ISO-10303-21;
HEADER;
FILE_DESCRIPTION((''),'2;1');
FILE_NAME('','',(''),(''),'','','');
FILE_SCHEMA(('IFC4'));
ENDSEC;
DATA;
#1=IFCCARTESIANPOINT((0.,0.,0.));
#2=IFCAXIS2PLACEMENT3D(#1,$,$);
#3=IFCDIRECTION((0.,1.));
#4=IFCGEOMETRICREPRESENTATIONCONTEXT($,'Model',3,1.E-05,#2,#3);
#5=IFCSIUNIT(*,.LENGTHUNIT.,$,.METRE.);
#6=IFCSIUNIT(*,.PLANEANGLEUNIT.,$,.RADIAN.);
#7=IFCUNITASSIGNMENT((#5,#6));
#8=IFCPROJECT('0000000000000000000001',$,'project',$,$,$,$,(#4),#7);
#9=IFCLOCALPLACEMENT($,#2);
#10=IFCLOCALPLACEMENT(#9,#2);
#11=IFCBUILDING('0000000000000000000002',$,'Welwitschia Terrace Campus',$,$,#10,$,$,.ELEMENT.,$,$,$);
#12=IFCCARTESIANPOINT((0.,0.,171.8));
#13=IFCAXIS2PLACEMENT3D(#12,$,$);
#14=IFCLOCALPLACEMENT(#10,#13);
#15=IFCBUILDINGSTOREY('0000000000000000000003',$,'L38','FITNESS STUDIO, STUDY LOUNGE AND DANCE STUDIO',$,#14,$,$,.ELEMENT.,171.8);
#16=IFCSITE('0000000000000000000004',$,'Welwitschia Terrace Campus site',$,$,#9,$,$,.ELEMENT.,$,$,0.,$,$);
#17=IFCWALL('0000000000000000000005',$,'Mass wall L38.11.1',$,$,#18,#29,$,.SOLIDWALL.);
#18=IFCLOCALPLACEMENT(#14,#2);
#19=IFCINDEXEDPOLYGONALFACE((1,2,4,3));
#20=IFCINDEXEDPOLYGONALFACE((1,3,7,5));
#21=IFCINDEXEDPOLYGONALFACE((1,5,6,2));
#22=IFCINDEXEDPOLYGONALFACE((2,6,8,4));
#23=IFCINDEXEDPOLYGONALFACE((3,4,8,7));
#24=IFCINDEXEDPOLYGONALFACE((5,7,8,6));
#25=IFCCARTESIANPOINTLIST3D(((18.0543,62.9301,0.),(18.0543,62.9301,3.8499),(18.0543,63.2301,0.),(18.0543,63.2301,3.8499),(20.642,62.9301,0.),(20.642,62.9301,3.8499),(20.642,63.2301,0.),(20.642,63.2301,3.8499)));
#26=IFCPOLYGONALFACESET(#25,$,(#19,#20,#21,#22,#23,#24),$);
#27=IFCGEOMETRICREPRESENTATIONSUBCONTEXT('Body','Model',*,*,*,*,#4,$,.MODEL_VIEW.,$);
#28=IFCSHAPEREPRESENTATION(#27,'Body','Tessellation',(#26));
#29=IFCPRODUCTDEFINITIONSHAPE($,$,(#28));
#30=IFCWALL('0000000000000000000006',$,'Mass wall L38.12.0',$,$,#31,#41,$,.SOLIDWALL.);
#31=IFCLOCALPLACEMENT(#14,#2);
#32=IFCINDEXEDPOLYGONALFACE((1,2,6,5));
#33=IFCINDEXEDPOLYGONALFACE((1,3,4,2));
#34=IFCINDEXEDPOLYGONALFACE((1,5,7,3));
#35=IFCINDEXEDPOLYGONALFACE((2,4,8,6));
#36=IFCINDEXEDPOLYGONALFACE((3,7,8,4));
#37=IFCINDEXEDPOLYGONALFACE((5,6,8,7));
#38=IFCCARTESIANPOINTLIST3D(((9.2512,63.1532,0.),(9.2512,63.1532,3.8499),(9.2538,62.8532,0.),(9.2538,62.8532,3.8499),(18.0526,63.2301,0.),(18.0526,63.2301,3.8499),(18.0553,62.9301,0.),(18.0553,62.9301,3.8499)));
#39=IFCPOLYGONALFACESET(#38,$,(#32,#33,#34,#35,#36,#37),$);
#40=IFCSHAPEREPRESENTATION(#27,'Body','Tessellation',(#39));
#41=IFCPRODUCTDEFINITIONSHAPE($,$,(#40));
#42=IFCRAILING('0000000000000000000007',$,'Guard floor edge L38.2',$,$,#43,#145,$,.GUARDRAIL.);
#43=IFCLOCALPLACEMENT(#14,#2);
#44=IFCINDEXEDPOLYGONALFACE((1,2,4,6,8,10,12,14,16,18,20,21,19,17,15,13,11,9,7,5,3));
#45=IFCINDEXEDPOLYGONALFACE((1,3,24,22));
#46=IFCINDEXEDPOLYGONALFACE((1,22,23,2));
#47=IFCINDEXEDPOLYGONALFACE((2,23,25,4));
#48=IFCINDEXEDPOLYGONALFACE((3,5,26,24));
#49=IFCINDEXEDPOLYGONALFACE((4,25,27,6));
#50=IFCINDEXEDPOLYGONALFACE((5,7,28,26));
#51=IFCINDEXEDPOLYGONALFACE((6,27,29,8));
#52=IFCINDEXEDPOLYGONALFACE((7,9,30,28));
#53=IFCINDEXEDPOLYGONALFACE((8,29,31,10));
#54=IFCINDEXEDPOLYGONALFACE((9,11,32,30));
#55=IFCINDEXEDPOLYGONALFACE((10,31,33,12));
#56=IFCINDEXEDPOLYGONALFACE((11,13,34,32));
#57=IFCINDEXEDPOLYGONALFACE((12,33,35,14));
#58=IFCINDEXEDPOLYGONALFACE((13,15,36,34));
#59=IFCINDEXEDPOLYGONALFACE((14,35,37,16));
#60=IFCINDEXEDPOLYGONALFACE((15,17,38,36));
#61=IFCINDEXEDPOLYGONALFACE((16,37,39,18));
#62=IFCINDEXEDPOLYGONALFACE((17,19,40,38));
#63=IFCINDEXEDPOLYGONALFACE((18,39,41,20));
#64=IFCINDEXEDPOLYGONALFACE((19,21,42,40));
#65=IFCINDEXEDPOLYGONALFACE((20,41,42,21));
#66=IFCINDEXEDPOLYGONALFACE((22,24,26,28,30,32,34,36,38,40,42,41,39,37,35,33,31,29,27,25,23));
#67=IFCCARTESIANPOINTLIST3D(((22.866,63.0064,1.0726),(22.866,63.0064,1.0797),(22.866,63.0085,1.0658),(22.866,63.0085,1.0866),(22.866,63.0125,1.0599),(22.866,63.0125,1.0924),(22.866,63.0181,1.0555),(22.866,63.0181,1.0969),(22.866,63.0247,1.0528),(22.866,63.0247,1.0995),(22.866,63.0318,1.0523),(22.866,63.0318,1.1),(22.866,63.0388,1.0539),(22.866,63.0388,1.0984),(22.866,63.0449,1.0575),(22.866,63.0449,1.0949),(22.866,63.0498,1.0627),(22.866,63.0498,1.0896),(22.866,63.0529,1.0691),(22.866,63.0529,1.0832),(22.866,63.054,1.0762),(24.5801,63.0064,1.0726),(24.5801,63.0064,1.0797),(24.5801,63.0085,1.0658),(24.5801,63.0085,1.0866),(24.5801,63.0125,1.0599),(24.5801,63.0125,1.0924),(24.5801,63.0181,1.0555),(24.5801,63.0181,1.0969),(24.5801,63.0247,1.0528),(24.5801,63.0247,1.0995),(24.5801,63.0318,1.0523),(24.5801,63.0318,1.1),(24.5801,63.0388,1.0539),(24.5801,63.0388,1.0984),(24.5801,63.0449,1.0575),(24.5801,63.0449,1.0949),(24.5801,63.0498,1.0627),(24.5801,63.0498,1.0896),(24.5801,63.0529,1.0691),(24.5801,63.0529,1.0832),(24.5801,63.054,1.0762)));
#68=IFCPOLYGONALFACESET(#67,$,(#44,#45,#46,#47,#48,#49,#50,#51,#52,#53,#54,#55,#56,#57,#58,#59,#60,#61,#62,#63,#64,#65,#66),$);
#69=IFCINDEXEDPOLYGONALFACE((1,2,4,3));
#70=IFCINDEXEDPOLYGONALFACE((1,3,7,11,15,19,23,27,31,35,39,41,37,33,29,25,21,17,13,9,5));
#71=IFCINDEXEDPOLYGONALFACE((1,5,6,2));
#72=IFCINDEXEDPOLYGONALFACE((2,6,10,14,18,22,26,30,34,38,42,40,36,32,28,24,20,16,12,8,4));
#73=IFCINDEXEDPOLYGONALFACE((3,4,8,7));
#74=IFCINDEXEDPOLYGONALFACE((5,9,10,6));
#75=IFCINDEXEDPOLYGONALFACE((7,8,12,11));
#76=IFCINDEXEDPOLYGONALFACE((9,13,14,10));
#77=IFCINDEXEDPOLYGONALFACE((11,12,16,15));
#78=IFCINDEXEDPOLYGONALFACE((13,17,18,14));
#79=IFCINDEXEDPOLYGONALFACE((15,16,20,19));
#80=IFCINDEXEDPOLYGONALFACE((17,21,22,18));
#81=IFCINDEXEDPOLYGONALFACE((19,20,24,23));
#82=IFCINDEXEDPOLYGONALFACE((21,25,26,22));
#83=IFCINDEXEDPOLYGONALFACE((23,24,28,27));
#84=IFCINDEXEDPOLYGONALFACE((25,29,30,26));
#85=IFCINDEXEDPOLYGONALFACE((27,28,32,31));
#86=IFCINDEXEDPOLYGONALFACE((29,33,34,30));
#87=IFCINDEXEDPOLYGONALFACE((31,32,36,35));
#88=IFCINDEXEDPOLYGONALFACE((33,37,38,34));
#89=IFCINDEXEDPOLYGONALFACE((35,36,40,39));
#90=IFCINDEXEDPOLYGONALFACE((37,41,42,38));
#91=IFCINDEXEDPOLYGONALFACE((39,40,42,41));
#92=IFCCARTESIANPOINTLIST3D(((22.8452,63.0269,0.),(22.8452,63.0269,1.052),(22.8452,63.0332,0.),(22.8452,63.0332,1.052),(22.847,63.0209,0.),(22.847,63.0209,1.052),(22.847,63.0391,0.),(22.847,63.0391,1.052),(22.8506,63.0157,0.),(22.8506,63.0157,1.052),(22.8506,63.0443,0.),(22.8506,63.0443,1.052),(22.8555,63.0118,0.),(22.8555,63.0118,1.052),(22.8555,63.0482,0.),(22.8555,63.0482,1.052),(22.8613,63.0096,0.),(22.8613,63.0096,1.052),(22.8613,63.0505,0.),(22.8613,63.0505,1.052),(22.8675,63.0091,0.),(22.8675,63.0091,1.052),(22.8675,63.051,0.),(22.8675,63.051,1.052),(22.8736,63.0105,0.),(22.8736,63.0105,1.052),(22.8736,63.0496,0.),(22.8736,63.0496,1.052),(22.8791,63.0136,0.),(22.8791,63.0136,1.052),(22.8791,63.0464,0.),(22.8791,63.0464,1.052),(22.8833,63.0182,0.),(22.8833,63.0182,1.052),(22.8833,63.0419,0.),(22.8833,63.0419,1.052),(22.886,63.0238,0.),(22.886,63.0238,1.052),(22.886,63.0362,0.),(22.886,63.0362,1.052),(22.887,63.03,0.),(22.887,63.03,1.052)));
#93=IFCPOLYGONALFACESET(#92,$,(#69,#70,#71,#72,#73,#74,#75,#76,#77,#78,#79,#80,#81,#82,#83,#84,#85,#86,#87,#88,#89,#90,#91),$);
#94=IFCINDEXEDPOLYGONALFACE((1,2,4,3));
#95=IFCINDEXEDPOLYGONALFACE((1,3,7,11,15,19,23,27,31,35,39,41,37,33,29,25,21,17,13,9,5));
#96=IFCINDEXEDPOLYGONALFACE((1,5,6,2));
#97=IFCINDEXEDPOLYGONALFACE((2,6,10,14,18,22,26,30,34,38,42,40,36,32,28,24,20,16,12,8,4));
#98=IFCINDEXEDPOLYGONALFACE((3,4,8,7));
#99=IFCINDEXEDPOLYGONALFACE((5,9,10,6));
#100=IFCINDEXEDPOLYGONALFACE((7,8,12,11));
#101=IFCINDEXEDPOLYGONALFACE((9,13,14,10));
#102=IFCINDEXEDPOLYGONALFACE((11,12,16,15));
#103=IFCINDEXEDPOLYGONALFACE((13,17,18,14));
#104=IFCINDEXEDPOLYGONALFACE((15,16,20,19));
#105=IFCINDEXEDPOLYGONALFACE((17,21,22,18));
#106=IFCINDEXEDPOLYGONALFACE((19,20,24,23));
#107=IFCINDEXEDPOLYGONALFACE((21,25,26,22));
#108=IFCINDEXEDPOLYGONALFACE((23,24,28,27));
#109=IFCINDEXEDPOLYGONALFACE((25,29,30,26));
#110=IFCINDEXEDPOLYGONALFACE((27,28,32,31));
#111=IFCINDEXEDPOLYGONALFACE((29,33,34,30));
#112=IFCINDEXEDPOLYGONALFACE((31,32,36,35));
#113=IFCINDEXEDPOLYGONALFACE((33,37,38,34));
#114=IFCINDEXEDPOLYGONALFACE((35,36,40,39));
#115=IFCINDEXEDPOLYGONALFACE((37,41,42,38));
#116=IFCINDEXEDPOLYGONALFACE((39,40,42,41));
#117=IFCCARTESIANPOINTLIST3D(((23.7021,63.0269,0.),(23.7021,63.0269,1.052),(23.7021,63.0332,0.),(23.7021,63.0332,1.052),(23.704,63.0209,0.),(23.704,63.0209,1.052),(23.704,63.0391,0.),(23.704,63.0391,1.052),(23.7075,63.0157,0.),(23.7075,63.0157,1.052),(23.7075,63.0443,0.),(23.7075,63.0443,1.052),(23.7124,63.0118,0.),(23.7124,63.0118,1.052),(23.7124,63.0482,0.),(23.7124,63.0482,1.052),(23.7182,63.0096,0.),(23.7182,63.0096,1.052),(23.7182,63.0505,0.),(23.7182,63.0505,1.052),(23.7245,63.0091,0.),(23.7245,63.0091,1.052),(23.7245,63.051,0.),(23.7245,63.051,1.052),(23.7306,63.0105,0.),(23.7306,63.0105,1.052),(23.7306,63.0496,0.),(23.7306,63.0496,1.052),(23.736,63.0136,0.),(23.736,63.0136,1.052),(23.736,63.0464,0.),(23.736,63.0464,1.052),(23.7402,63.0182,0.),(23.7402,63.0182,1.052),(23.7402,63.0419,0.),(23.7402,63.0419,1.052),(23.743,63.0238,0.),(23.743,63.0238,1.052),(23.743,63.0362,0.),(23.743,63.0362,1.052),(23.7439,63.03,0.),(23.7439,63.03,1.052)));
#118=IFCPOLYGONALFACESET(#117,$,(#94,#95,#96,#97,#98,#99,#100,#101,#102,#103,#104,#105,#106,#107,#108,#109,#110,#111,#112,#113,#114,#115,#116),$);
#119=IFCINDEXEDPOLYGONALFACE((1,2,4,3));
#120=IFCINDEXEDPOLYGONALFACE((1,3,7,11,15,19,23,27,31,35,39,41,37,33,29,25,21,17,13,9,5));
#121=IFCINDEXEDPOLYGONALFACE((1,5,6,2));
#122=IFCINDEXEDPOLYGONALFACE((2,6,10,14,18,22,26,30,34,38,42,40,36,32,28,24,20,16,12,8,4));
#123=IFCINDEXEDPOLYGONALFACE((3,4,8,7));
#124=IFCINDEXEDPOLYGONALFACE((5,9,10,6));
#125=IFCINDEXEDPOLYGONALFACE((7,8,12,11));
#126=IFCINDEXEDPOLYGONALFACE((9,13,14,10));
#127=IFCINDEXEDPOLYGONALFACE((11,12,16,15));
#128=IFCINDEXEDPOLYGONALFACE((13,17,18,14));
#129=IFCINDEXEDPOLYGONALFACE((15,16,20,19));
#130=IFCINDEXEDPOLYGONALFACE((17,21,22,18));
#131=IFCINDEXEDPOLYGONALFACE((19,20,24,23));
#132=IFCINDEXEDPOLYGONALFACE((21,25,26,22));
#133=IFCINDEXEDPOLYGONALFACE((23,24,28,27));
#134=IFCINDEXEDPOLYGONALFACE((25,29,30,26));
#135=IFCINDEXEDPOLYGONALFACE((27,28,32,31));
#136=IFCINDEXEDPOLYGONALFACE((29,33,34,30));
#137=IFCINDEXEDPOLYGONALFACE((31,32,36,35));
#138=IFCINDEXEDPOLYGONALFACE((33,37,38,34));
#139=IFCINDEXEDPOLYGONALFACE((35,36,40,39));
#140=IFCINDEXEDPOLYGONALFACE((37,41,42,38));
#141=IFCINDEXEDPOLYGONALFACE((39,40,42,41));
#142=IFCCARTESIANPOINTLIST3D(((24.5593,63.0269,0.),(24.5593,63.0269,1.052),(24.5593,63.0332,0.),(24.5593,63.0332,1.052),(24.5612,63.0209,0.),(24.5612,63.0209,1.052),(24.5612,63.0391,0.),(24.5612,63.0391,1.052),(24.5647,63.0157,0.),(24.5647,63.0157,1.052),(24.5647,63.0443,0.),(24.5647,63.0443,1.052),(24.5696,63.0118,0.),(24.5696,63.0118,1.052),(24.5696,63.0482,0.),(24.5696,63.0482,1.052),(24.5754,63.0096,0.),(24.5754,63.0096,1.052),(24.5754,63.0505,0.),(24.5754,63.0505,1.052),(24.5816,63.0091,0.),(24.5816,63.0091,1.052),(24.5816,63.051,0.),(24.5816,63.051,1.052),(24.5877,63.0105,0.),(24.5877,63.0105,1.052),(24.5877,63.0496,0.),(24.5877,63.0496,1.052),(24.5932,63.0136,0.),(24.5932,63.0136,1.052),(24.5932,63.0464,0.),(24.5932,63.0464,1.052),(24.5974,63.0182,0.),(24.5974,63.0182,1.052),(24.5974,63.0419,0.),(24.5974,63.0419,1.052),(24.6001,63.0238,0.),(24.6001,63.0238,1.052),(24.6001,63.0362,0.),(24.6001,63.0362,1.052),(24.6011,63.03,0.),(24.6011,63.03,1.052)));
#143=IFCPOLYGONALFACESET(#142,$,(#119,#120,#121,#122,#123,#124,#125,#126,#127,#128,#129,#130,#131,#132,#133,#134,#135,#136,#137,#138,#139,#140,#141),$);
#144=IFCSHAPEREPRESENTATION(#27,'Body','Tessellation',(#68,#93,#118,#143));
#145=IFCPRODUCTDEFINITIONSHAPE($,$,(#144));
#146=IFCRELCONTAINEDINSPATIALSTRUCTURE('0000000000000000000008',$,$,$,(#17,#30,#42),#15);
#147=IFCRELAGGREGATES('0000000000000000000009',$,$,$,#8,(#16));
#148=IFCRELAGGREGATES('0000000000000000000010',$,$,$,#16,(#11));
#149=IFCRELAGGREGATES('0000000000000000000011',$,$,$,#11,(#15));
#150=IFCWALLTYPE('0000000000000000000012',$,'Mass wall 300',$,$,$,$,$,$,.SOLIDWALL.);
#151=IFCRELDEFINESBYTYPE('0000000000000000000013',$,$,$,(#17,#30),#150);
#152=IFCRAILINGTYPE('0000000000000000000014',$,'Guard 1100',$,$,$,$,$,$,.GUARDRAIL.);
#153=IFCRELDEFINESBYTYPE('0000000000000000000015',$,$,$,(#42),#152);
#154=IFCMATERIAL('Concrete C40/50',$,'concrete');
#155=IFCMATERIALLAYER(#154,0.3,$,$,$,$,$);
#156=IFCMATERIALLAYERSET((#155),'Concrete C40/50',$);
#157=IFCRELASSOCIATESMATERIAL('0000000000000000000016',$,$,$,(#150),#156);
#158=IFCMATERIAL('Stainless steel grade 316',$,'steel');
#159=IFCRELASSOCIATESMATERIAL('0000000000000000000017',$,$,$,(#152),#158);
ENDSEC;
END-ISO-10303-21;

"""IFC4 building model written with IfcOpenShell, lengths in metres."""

from ifc_helpers import new_model, si_unit, direction, frame, frame_2d, origin, origin_2d, place, context, subcontext, project, spatial, rectangle, circle, extrude, material, layer, layer_set, type_object, element, save


model = new_model("IFC4")

# Units and contexts
model_context = context("Model", 3, precision=1e-05, world=origin(), true_north=direction((0.0, 1.0)))
body_context = subcontext(model_context, "Body", "Model", "MODEL_VIEW")
ifc_project = project(units=[si_unit("LENGTHUNIT", "METRE"), si_unit("PLANEANGLEUNIT", "RADIAN")], contexts=[model_context])

# Site, building, storey
site_placement = place(None, origin())
site = spatial("IfcSite", under=ifc_project, at=site_placement, Name="Welwitschia Terrace Campus site", CompositionType="ELEMENT", RefElevation=0.0)
building_placement = place(site_placement, origin())
building = spatial("IfcBuilding", under=site, at=building_placement, Name="Welwitschia Terrace Campus", CompositionType="ELEMENT")
storey_placement = place(building_placement, frame((0.0, 0.0, 171.8)))
storey = spatial("IfcBuildingStorey", under=building, at=storey_placement, Name="L38", Description="FITNESS STUDIO, STUDY LOUNGE AND DANCE STUDIO", CompositionType="ELEMENT", Elevation=171.8)

# Walls
ifc_material_1 = material(Name="Concrete C40/50", Category="concrete")
ifc_layer_1 = layer(ifc_material_1, 0.3)
ifc_layer_set_1 = layer_set([ifc_layer_1], Name="Concrete C40/50")
wall_type_1 = type_object("IfcWallType", Name="Mass wall 300", PredefinedType="SOLIDWALL", material=ifc_layer_set_1)
wall_1_placement = place(storey_placement, frame((20.6421, 63.0801, 0.0), z_axis=(0.0, 0.0, 1.0), x_axis=(-1.0, 0.0, 0.0)))
element("IfcWall", 1, at=wall_1_placement, inside=storey, type_object=wall_type_1, Name="Mass wall L38.11.1", PredefinedType="SOLIDWALL", context=body_context, shape_type="SweptSolid", body=[
    extrude(rectangle(XDim=2.5876, YDim=0.3, at=frame_2d((1.2939, 0.0))), origin(), (0.0, 0.0, 1.0), 3.8499),
])
wall_2_placement = place(storey_placement, frame((18.054, 63.0801, 0.0), z_axis=(0.0, 0.0, 1.0), x_axis=(-0.999962, -0.008737, 0.0)))
element("IfcWall", 2, at=wall_2_placement, inside=storey, type_object=wall_type_1, Name="Mass wall L38.12.0", PredefinedType="SOLIDWALL", context=body_context, shape_type="SweptSolid", body=[
    extrude(rectangle(XDim=8.8018, YDim=0.3, at=frame_2d((4.4009, 0.0))), origin(), (0.0, 0.0, 1.0), 3.8499),
])

# Railing
ifc_material_2 = material(Name="Stainless steel grade 316", Category="steel")
railing_type = type_object("IfcRailingType", Name="Guard 1100", PredefinedType="GUARDRAIL", material=ifc_material_2)
railing_placement = place(storey_placement, frame((22.866, 63.03, 0.0)))
element("IfcRailing", 3, at=railing_placement, inside=storey, type_object=railing_type, Name="Guard floor edge L38.2", PredefinedType="GUARDRAIL", context=body_context, shape_type="SweptSolid", body=[
    extrude(circle(Radius=0.0239, at=origin_2d()), frame((0.0, 0.0, 1.0762), z_axis=(1.0, 0.0, 0.0), x_axis=(0.0, 1.0, 0.0)), (0.0, 0.0, 1.0), 1.7141),
    extrude(circle(Radius=0.021, at=origin_2d()), origin(), (0.0, 0.0, 1.0), 1.052),
    extrude(circle(Radius=0.021, at=origin_2d()), frame((0.8569, 0.0, 0.0)), (0.0, 0.0, 1.0), 1.052),
    extrude(circle(Radius=0.021, at=origin_2d()), frame((1.7141, 0.0, 0.0)), (0.0, 0.0, 1.0), 1.052),
])

save(model, "model.ifc")
